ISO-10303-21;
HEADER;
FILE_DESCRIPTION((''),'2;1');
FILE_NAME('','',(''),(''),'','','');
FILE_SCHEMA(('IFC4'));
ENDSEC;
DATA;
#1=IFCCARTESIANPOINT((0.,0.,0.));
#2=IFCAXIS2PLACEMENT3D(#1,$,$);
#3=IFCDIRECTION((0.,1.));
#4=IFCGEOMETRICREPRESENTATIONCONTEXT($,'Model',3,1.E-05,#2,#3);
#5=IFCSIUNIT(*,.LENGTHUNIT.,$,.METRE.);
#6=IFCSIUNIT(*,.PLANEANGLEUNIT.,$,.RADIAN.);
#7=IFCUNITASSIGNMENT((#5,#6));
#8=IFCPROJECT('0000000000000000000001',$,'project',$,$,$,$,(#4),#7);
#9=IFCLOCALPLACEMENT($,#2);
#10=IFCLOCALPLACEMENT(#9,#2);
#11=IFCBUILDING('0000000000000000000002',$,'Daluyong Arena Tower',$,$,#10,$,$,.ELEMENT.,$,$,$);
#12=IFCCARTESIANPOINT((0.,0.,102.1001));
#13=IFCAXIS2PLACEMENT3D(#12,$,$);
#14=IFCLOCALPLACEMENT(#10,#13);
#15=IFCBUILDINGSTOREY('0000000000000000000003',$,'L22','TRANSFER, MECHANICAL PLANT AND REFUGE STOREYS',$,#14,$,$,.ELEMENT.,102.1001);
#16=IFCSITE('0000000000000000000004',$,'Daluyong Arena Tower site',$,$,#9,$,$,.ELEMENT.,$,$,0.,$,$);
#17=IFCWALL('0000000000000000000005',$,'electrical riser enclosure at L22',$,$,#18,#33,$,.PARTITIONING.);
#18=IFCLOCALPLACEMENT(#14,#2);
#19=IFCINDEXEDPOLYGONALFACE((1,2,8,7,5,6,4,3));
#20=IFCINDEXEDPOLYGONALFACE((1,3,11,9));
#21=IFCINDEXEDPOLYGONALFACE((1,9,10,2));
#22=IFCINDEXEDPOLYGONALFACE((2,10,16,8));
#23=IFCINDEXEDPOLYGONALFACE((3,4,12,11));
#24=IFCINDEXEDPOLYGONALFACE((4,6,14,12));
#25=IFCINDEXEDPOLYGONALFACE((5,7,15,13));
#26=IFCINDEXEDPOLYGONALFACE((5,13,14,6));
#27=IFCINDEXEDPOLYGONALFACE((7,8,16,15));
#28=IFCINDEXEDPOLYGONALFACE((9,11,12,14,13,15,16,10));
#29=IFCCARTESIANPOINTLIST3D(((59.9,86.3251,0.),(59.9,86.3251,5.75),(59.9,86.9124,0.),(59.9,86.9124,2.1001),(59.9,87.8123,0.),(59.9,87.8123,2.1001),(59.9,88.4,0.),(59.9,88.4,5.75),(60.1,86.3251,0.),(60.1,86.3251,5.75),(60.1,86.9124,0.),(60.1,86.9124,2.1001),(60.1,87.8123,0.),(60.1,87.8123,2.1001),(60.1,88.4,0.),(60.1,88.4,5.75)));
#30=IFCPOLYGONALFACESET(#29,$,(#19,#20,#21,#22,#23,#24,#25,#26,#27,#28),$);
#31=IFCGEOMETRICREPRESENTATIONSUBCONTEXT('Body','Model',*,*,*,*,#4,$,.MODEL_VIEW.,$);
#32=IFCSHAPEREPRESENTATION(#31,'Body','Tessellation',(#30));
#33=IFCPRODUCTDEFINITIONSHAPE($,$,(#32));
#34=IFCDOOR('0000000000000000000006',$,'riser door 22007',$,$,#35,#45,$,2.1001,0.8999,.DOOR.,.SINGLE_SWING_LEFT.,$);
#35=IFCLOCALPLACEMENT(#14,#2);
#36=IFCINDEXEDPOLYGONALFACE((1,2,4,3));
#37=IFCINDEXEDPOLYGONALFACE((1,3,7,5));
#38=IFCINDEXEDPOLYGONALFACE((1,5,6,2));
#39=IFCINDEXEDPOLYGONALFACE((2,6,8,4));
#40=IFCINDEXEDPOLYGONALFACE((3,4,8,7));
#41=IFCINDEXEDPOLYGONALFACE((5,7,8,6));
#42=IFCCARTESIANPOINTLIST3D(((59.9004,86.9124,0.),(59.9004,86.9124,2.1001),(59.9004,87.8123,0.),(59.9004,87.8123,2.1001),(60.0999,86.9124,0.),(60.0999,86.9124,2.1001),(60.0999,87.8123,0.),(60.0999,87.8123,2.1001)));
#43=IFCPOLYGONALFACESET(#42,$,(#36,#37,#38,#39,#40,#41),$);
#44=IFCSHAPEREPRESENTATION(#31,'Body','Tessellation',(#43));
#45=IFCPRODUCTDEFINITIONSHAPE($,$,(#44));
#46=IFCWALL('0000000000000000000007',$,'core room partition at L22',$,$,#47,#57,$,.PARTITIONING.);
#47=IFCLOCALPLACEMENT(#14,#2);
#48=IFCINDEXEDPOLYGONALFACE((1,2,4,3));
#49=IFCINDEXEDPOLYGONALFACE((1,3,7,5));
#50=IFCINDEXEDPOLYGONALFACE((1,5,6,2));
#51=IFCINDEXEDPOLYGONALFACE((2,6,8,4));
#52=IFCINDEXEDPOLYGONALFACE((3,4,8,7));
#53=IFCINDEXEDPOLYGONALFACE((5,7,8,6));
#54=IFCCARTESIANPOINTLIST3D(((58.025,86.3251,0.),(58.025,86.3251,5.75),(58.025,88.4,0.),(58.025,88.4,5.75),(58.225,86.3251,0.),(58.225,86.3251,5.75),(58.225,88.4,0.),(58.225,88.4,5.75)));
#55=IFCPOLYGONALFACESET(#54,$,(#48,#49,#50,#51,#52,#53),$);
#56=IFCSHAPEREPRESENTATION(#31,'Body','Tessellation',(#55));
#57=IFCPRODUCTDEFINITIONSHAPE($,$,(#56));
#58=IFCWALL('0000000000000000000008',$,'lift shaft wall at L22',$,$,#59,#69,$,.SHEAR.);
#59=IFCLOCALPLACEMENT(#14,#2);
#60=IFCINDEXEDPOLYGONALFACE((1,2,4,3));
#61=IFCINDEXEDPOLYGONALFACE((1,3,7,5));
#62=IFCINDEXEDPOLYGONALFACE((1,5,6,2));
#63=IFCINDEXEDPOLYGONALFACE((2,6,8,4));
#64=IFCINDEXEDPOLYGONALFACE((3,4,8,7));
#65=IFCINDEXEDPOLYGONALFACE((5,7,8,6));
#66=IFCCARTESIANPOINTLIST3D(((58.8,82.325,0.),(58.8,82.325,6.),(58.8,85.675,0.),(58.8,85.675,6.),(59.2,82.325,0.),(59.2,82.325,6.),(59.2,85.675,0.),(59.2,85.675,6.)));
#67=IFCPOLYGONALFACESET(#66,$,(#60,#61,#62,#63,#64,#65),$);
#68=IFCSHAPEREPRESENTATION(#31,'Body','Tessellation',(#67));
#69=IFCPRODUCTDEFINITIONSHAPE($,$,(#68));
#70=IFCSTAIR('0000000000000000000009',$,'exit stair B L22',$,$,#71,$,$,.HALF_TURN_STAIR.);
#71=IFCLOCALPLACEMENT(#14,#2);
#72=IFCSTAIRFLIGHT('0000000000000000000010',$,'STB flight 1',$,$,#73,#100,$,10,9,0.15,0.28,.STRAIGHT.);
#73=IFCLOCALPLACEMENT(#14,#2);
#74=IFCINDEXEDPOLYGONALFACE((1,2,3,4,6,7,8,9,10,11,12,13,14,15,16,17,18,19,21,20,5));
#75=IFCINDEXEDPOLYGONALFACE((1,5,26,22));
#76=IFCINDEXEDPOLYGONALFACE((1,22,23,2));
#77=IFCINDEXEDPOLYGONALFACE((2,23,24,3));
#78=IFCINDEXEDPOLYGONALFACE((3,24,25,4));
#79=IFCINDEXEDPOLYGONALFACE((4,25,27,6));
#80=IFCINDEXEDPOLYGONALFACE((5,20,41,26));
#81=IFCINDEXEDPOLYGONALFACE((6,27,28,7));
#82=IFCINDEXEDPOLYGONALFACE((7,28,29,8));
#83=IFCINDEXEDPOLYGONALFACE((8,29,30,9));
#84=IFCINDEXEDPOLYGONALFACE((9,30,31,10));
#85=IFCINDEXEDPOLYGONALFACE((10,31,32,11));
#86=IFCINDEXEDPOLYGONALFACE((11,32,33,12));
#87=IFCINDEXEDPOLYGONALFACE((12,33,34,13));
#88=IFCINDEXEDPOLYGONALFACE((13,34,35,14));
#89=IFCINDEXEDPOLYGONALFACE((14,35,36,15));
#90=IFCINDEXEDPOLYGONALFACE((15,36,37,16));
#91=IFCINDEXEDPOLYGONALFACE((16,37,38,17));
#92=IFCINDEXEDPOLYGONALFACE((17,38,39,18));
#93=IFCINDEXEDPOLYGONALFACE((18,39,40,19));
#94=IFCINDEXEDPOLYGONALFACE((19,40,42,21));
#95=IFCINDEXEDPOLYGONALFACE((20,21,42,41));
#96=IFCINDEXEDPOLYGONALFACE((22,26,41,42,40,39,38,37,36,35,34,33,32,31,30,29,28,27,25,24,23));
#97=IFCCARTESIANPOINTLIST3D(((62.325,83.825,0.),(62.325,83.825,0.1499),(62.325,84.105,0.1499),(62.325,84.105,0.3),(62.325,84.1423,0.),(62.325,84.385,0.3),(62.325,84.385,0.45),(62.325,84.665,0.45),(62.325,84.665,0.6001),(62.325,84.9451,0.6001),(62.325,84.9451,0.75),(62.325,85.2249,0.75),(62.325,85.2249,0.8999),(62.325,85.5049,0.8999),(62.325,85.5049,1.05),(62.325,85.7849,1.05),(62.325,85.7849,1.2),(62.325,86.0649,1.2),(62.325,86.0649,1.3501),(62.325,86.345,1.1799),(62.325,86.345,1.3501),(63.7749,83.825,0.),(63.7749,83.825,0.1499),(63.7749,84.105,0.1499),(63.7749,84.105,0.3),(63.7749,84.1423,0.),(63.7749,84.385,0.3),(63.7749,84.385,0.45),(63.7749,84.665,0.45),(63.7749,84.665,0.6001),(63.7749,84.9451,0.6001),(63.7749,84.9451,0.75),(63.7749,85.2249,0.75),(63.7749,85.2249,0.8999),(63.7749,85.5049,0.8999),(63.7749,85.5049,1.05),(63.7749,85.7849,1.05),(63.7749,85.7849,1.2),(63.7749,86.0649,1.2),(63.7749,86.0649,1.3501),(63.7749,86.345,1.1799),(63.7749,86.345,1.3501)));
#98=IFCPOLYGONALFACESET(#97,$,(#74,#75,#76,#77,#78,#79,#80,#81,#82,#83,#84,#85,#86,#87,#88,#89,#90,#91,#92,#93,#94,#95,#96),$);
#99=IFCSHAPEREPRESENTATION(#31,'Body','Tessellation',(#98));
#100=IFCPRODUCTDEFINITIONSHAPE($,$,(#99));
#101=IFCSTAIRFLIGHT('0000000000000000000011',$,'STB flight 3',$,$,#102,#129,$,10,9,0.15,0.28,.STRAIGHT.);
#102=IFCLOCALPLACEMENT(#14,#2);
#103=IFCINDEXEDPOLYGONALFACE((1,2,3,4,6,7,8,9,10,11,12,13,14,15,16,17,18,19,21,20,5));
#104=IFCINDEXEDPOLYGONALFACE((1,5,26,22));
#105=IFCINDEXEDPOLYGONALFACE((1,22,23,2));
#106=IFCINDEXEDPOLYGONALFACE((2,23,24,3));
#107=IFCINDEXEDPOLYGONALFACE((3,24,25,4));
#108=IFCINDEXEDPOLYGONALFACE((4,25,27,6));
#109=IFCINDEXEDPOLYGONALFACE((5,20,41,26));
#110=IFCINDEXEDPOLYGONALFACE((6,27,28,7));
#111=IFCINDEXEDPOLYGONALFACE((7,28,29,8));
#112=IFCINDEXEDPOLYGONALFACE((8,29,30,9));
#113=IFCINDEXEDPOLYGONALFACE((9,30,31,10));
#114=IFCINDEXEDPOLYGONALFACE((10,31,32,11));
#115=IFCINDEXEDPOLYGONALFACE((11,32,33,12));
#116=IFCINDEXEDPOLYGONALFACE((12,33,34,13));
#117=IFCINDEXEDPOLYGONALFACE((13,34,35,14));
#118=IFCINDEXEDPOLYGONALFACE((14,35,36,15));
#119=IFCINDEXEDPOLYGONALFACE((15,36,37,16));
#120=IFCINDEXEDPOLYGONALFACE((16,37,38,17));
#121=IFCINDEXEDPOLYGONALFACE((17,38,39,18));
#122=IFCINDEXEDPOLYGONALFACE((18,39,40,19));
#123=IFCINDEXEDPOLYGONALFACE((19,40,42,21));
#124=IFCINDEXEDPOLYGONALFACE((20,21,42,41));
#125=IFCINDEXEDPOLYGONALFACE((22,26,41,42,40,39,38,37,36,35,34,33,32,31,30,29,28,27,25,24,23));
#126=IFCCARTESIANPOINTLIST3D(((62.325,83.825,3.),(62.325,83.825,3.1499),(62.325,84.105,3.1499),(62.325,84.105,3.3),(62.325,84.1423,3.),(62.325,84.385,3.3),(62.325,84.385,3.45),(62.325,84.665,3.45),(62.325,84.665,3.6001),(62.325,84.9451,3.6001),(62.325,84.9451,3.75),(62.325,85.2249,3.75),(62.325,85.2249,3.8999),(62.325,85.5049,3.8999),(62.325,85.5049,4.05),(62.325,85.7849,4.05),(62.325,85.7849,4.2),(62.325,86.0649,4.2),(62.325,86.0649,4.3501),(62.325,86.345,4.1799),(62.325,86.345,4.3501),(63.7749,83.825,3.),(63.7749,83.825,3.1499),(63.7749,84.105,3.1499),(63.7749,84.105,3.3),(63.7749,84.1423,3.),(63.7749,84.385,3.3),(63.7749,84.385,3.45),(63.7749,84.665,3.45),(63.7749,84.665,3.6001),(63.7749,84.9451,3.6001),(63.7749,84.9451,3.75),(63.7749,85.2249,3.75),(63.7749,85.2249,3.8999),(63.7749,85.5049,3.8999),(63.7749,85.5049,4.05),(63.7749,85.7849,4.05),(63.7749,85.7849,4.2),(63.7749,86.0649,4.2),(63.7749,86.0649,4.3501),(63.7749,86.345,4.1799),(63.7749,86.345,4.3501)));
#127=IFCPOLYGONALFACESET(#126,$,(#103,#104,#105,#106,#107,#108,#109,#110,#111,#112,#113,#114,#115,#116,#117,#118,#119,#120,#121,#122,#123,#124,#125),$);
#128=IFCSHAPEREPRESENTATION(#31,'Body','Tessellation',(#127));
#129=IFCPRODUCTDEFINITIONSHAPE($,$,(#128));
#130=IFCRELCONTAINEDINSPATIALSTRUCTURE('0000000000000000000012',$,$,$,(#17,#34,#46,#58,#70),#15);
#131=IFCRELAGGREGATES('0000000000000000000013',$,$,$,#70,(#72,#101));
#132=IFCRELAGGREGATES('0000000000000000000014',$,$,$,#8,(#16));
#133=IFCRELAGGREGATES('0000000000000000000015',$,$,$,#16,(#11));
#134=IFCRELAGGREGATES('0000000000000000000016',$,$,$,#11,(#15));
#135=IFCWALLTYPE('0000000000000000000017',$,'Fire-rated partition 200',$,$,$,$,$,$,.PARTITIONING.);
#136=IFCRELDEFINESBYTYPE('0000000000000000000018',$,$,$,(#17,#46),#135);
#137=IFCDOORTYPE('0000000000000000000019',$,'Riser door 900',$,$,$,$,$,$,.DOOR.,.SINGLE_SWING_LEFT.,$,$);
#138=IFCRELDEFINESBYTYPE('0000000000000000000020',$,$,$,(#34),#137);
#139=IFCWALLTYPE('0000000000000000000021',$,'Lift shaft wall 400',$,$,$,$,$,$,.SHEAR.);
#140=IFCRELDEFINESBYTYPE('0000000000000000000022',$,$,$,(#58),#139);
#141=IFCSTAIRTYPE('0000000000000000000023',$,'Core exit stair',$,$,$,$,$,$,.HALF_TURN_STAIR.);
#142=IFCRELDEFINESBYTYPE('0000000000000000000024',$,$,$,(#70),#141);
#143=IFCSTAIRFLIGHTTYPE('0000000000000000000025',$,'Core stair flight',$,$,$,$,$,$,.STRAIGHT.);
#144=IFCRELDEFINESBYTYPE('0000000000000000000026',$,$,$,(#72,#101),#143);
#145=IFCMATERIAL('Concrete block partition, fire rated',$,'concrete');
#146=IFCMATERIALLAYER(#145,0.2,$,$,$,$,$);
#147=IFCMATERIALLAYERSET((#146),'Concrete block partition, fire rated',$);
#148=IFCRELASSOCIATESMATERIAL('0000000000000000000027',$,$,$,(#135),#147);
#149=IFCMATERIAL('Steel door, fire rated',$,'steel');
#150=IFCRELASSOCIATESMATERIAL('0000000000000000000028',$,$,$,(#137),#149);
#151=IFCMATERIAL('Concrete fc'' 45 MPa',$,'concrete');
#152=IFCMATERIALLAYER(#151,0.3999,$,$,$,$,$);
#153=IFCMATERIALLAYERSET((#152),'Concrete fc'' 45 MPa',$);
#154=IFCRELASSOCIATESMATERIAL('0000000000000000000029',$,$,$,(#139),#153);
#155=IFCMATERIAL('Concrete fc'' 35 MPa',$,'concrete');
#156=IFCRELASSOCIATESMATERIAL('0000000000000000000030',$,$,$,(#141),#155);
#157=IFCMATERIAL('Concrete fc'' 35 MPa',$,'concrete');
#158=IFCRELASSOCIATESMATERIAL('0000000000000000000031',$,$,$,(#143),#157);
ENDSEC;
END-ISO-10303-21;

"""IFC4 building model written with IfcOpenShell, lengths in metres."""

from ifc_helpers import new_model, si_unit, direction, frame, frame_2d, origin, place, context, subcontext, project, spatial, polyline, rectangle, outline, extrude, material, layer, layer_set, type_object, element, fill, aggregate, save


model = new_model("IFC4")

# Units and contexts
model_context = context("Model", 3, precision=1e-05, world=origin(), true_north=direction((0.0, 1.0)))
body_context = subcontext(model_context, "Body", "Model", "MODEL_VIEW")
ifc_project = project(units=[si_unit("LENGTHUNIT", "METRE"), si_unit("PLANEANGLEUNIT", "RADIAN")], contexts=[model_context])

# Site, building, storey
site_placement = place(None, origin())
site = spatial("IfcSite", under=ifc_project, at=site_placement, Name="Daluyong Arena Tower site", CompositionType="ELEMENT", RefElevation=0.0)
building_placement = place(site_placement, origin())
building = spatial("IfcBuilding", under=site, at=building_placement, Name="Daluyong Arena Tower", CompositionType="ELEMENT")
storey_placement = place(building_placement, frame((0.0, 0.0, 102.1001)))
storey = spatial("IfcBuildingStorey", under=building, at=storey_placement, Name="L22", Description="TRANSFER, MECHANICAL PLANT AND REFUGE STOREYS", CompositionType="ELEMENT", Elevation=102.1001)

# Wall, opening, door
ifc_material_1 = material(Name="Concrete block partition, fire rated", Category="concrete")
ifc_layer_1 = layer(ifc_material_1, 0.2)
ifc_layer_set_1 = layer_set([ifc_layer_1], Name="Concrete block partition, fire rated")
wall_type_1 = type_object("IfcWallType", Name="Fire-rated partition 200", PredefinedType="PARTITIONING", material=ifc_layer_set_1)
wall_1_placement = place(storey_placement, frame((60.0, 86.325, 0.0), z_axis=(0.0, 0.0, 1.0), x_axis=(0.0, 1.0, 0.0)))
wall_1 = element("IfcWall", 1, at=wall_1_placement, inside=storey, type_object=wall_type_1, Name="electrical riser enclosure at L22", PredefinedType="PARTITIONING", context=body_context, shape_type="SweptSolid", body=[
    extrude(rectangle(XDim=2.075, YDim=0.2, at=frame_2d((1.0376, 0.0))), origin(), (0.0, 0.0, 1.0), 5.75),
])
opening_1_placement = place(wall_1_placement, frame((0.5874, 0.0, 0.0)))
opening_1 = element("IfcOpeningElement", 2, at=opening_1_placement, cuts=wall_1, PredefinedType="OPENING", context=body_context, shape_type="SweptSolid", body=[
    extrude(rectangle(XDim=0.8999, YDim=2.1001, at=frame_2d((0.45, 1.05))), frame((0.0, 0.1099, 0.0), z_axis=(0.0, -1.0, 0.0), x_axis=(1.0, 0.0, 0.0)), (0.0, 0.0, 1.0), 0.22),
])
ifc_material_2 = material(Name="Steel door, fire rated", Category="steel")
door_type_1 = type_object("IfcDoorType", Name="Riser door 900", OperationType="SINGLE_SWING_LEFT", PredefinedType="DOOR", material=ifc_material_2)
door_1_placement = place(opening_1_placement, origin())
door_1 = element("IfcDoor", 3, at=door_1_placement, inside=storey, type_object=door_type_1, Name="riser door 22007", OperationType="SINGLE_SWING_LEFT", OverallHeight=2.1001, OverallWidth=0.8999, PredefinedType="DOOR", context=body_context, shape_type="SweptSolid", body=[
    extrude(rectangle(XDim=0.8999, YDim=2.1001, at=frame_2d((0.45, 1.05))), frame((0.0, 0.0996, 0.0), z_axis=(0.0, -1.0, 0.0), x_axis=(1.0, 0.0, 0.0)), (0.0, 0.0, 1.0), 0.1995),
])
fill(opening_1, door_1)

# Walls
wall_2_placement = place(storey_placement, frame((58.125, 86.325, 0.0), z_axis=(0.0, 0.0, 1.0), x_axis=(0.0, 1.0, 0.0)))
element("IfcWall", 4, at=wall_2_placement, inside=storey, type_object=wall_type_1, Name="core room partition at L22", PredefinedType="PARTITIONING", context=body_context, shape_type="SweptSolid", body=[
    extrude(rectangle(XDim=2.075, YDim=0.2, at=frame_2d((1.0376, 0.0))), origin(), (0.0, 0.0, 1.0), 5.75),
])
ifc_material_3 = material(Name="Concrete fc' 45 MPa", Category="concrete")
ifc_layer_2 = layer(ifc_material_3, 0.3999)
ifc_layer_set_2 = layer_set([ifc_layer_2], Name="Concrete fc' 45 MPa")
wall_type_2 = type_object("IfcWallType", Name="Lift shaft wall 400", PredefinedType="SHEAR", material=ifc_layer_set_2)
wall_3_placement = place(storey_placement, frame((59.0, 82.325, 0.0), z_axis=(0.0, 0.0, 1.0), x_axis=(0.0, 1.0, 0.0)))
element("IfcWall", 5, at=wall_3_placement, inside=storey, type_object=wall_type_2, Name="lift shaft wall at L22", PredefinedType="SHEAR", context=body_context, shape_type="SweptSolid", body=[
    extrude(rectangle(XDim=3.3501, YDim=0.3999, at=frame_2d((1.675, 0.0))), origin(), (0.0, 0.0, 1.0), 6.0),
])

# Stair, stair flights
ifc_material_4 = material(Name="Concrete fc' 35 MPa", Category="concrete")
stair_type = type_object("IfcStairType", Name="Core exit stair", PredefinedType="HALF_TURN_STAIR", material=ifc_material_4)
stair_placement = place(storey_placement, origin())
stair = element("IfcStair", 6, at=stair_placement, inside=storey, type_object=stair_type, Name="exit stair B L22", PredefinedType="HALF_TURN_STAIR")
ifc_material_5 = material(Name="Concrete fc' 35 MPa", Category="concrete")
stair_flight_type = type_object("IfcStairFlightType", Name="Core stair flight", PredefinedType="STRAIGHT", material=ifc_material_5)
stair_flight_1_placement = place(storey_placement, frame((63.05, 83.825, 0.0), z_axis=(0.0, 0.0, 1.0), x_axis=(0.0, 1.0, 0.0)))
stair_flight_1 = element("IfcStairFlight", 7, at=stair_flight_1_placement, type_object=stair_flight_type, Name="STB flight 1", NumberOfRisers=10, NumberOfTreads=9, PredefinedType="STRAIGHT", RiserHeight=0.15, TreadLength=0.28, context=body_context, shape_type="SweptSolid", body=[
    extrude(outline(polyline([(0.0, 0.0), (0.0, 0.1499), (0.28, 0.1499), (0.28, 0.3), (0.5601, 0.3), (0.5601, 0.45), (0.8401, 0.45), (0.8401, 0.6001), (1.1201, 0.6001), (1.1201, 0.75), (1.3999, 0.75), (1.3999, 0.8999), (1.6799, 0.8999), (1.6799, 1.05), (1.96, 1.05), (1.96, 1.2), (2.24, 1.2), (2.24, 1.3501), (2.52, 1.3501), (2.52, 1.5), (2.52, 1.1799), (0.3174, 0.0), (0.0, 0.0)])), frame((0.0, 0.7251, 0.0), z_axis=(0.0, -1.0, 0.0), x_axis=(1.0, 0.0, 0.0)), (0.0, 0.0, 1.0), 1.45),
])
stair_flight_2_placement = place(storey_placement, frame((63.05, 83.825, 3.0), z_axis=(0.0, 0.0, 1.0), x_axis=(0.0, 1.0, 0.0)))
stair_flight_2 = element("IfcStairFlight", 8, at=stair_flight_2_placement, type_object=stair_flight_type, Name="STB flight 3", NumberOfRisers=10, NumberOfTreads=9, PredefinedType="STRAIGHT", RiserHeight=0.15, TreadLength=0.28, context=body_context, shape_type="SweptSolid", body=[
    extrude(outline(polyline([(0.0, 0.0), (0.0, 0.1499), (0.28, 0.1499), (0.28, 0.3), (0.5601, 0.3), (0.5601, 0.45), (0.8401, 0.45), (0.8401, 0.6001), (1.1201, 0.6001), (1.1201, 0.75), (1.3999, 0.75), (1.3999, 0.8999), (1.6799, 0.8999), (1.6799, 1.05), (1.96, 1.05), (1.96, 1.2), (2.24, 1.2), (2.24, 1.3501), (2.52, 1.3501), (2.52, 1.5), (2.52, 1.1799), (0.3174, 0.0), (0.0, 0.0)])), frame((0.0, 0.7251, 0.0), z_axis=(0.0, -1.0, 0.0), x_axis=(1.0, 0.0, 0.0)), (0.0, 0.0, 1.0), 1.45),
])
aggregate(stair, [stair_flight_1, stair_flight_2])

save(model, "model.ifc")
